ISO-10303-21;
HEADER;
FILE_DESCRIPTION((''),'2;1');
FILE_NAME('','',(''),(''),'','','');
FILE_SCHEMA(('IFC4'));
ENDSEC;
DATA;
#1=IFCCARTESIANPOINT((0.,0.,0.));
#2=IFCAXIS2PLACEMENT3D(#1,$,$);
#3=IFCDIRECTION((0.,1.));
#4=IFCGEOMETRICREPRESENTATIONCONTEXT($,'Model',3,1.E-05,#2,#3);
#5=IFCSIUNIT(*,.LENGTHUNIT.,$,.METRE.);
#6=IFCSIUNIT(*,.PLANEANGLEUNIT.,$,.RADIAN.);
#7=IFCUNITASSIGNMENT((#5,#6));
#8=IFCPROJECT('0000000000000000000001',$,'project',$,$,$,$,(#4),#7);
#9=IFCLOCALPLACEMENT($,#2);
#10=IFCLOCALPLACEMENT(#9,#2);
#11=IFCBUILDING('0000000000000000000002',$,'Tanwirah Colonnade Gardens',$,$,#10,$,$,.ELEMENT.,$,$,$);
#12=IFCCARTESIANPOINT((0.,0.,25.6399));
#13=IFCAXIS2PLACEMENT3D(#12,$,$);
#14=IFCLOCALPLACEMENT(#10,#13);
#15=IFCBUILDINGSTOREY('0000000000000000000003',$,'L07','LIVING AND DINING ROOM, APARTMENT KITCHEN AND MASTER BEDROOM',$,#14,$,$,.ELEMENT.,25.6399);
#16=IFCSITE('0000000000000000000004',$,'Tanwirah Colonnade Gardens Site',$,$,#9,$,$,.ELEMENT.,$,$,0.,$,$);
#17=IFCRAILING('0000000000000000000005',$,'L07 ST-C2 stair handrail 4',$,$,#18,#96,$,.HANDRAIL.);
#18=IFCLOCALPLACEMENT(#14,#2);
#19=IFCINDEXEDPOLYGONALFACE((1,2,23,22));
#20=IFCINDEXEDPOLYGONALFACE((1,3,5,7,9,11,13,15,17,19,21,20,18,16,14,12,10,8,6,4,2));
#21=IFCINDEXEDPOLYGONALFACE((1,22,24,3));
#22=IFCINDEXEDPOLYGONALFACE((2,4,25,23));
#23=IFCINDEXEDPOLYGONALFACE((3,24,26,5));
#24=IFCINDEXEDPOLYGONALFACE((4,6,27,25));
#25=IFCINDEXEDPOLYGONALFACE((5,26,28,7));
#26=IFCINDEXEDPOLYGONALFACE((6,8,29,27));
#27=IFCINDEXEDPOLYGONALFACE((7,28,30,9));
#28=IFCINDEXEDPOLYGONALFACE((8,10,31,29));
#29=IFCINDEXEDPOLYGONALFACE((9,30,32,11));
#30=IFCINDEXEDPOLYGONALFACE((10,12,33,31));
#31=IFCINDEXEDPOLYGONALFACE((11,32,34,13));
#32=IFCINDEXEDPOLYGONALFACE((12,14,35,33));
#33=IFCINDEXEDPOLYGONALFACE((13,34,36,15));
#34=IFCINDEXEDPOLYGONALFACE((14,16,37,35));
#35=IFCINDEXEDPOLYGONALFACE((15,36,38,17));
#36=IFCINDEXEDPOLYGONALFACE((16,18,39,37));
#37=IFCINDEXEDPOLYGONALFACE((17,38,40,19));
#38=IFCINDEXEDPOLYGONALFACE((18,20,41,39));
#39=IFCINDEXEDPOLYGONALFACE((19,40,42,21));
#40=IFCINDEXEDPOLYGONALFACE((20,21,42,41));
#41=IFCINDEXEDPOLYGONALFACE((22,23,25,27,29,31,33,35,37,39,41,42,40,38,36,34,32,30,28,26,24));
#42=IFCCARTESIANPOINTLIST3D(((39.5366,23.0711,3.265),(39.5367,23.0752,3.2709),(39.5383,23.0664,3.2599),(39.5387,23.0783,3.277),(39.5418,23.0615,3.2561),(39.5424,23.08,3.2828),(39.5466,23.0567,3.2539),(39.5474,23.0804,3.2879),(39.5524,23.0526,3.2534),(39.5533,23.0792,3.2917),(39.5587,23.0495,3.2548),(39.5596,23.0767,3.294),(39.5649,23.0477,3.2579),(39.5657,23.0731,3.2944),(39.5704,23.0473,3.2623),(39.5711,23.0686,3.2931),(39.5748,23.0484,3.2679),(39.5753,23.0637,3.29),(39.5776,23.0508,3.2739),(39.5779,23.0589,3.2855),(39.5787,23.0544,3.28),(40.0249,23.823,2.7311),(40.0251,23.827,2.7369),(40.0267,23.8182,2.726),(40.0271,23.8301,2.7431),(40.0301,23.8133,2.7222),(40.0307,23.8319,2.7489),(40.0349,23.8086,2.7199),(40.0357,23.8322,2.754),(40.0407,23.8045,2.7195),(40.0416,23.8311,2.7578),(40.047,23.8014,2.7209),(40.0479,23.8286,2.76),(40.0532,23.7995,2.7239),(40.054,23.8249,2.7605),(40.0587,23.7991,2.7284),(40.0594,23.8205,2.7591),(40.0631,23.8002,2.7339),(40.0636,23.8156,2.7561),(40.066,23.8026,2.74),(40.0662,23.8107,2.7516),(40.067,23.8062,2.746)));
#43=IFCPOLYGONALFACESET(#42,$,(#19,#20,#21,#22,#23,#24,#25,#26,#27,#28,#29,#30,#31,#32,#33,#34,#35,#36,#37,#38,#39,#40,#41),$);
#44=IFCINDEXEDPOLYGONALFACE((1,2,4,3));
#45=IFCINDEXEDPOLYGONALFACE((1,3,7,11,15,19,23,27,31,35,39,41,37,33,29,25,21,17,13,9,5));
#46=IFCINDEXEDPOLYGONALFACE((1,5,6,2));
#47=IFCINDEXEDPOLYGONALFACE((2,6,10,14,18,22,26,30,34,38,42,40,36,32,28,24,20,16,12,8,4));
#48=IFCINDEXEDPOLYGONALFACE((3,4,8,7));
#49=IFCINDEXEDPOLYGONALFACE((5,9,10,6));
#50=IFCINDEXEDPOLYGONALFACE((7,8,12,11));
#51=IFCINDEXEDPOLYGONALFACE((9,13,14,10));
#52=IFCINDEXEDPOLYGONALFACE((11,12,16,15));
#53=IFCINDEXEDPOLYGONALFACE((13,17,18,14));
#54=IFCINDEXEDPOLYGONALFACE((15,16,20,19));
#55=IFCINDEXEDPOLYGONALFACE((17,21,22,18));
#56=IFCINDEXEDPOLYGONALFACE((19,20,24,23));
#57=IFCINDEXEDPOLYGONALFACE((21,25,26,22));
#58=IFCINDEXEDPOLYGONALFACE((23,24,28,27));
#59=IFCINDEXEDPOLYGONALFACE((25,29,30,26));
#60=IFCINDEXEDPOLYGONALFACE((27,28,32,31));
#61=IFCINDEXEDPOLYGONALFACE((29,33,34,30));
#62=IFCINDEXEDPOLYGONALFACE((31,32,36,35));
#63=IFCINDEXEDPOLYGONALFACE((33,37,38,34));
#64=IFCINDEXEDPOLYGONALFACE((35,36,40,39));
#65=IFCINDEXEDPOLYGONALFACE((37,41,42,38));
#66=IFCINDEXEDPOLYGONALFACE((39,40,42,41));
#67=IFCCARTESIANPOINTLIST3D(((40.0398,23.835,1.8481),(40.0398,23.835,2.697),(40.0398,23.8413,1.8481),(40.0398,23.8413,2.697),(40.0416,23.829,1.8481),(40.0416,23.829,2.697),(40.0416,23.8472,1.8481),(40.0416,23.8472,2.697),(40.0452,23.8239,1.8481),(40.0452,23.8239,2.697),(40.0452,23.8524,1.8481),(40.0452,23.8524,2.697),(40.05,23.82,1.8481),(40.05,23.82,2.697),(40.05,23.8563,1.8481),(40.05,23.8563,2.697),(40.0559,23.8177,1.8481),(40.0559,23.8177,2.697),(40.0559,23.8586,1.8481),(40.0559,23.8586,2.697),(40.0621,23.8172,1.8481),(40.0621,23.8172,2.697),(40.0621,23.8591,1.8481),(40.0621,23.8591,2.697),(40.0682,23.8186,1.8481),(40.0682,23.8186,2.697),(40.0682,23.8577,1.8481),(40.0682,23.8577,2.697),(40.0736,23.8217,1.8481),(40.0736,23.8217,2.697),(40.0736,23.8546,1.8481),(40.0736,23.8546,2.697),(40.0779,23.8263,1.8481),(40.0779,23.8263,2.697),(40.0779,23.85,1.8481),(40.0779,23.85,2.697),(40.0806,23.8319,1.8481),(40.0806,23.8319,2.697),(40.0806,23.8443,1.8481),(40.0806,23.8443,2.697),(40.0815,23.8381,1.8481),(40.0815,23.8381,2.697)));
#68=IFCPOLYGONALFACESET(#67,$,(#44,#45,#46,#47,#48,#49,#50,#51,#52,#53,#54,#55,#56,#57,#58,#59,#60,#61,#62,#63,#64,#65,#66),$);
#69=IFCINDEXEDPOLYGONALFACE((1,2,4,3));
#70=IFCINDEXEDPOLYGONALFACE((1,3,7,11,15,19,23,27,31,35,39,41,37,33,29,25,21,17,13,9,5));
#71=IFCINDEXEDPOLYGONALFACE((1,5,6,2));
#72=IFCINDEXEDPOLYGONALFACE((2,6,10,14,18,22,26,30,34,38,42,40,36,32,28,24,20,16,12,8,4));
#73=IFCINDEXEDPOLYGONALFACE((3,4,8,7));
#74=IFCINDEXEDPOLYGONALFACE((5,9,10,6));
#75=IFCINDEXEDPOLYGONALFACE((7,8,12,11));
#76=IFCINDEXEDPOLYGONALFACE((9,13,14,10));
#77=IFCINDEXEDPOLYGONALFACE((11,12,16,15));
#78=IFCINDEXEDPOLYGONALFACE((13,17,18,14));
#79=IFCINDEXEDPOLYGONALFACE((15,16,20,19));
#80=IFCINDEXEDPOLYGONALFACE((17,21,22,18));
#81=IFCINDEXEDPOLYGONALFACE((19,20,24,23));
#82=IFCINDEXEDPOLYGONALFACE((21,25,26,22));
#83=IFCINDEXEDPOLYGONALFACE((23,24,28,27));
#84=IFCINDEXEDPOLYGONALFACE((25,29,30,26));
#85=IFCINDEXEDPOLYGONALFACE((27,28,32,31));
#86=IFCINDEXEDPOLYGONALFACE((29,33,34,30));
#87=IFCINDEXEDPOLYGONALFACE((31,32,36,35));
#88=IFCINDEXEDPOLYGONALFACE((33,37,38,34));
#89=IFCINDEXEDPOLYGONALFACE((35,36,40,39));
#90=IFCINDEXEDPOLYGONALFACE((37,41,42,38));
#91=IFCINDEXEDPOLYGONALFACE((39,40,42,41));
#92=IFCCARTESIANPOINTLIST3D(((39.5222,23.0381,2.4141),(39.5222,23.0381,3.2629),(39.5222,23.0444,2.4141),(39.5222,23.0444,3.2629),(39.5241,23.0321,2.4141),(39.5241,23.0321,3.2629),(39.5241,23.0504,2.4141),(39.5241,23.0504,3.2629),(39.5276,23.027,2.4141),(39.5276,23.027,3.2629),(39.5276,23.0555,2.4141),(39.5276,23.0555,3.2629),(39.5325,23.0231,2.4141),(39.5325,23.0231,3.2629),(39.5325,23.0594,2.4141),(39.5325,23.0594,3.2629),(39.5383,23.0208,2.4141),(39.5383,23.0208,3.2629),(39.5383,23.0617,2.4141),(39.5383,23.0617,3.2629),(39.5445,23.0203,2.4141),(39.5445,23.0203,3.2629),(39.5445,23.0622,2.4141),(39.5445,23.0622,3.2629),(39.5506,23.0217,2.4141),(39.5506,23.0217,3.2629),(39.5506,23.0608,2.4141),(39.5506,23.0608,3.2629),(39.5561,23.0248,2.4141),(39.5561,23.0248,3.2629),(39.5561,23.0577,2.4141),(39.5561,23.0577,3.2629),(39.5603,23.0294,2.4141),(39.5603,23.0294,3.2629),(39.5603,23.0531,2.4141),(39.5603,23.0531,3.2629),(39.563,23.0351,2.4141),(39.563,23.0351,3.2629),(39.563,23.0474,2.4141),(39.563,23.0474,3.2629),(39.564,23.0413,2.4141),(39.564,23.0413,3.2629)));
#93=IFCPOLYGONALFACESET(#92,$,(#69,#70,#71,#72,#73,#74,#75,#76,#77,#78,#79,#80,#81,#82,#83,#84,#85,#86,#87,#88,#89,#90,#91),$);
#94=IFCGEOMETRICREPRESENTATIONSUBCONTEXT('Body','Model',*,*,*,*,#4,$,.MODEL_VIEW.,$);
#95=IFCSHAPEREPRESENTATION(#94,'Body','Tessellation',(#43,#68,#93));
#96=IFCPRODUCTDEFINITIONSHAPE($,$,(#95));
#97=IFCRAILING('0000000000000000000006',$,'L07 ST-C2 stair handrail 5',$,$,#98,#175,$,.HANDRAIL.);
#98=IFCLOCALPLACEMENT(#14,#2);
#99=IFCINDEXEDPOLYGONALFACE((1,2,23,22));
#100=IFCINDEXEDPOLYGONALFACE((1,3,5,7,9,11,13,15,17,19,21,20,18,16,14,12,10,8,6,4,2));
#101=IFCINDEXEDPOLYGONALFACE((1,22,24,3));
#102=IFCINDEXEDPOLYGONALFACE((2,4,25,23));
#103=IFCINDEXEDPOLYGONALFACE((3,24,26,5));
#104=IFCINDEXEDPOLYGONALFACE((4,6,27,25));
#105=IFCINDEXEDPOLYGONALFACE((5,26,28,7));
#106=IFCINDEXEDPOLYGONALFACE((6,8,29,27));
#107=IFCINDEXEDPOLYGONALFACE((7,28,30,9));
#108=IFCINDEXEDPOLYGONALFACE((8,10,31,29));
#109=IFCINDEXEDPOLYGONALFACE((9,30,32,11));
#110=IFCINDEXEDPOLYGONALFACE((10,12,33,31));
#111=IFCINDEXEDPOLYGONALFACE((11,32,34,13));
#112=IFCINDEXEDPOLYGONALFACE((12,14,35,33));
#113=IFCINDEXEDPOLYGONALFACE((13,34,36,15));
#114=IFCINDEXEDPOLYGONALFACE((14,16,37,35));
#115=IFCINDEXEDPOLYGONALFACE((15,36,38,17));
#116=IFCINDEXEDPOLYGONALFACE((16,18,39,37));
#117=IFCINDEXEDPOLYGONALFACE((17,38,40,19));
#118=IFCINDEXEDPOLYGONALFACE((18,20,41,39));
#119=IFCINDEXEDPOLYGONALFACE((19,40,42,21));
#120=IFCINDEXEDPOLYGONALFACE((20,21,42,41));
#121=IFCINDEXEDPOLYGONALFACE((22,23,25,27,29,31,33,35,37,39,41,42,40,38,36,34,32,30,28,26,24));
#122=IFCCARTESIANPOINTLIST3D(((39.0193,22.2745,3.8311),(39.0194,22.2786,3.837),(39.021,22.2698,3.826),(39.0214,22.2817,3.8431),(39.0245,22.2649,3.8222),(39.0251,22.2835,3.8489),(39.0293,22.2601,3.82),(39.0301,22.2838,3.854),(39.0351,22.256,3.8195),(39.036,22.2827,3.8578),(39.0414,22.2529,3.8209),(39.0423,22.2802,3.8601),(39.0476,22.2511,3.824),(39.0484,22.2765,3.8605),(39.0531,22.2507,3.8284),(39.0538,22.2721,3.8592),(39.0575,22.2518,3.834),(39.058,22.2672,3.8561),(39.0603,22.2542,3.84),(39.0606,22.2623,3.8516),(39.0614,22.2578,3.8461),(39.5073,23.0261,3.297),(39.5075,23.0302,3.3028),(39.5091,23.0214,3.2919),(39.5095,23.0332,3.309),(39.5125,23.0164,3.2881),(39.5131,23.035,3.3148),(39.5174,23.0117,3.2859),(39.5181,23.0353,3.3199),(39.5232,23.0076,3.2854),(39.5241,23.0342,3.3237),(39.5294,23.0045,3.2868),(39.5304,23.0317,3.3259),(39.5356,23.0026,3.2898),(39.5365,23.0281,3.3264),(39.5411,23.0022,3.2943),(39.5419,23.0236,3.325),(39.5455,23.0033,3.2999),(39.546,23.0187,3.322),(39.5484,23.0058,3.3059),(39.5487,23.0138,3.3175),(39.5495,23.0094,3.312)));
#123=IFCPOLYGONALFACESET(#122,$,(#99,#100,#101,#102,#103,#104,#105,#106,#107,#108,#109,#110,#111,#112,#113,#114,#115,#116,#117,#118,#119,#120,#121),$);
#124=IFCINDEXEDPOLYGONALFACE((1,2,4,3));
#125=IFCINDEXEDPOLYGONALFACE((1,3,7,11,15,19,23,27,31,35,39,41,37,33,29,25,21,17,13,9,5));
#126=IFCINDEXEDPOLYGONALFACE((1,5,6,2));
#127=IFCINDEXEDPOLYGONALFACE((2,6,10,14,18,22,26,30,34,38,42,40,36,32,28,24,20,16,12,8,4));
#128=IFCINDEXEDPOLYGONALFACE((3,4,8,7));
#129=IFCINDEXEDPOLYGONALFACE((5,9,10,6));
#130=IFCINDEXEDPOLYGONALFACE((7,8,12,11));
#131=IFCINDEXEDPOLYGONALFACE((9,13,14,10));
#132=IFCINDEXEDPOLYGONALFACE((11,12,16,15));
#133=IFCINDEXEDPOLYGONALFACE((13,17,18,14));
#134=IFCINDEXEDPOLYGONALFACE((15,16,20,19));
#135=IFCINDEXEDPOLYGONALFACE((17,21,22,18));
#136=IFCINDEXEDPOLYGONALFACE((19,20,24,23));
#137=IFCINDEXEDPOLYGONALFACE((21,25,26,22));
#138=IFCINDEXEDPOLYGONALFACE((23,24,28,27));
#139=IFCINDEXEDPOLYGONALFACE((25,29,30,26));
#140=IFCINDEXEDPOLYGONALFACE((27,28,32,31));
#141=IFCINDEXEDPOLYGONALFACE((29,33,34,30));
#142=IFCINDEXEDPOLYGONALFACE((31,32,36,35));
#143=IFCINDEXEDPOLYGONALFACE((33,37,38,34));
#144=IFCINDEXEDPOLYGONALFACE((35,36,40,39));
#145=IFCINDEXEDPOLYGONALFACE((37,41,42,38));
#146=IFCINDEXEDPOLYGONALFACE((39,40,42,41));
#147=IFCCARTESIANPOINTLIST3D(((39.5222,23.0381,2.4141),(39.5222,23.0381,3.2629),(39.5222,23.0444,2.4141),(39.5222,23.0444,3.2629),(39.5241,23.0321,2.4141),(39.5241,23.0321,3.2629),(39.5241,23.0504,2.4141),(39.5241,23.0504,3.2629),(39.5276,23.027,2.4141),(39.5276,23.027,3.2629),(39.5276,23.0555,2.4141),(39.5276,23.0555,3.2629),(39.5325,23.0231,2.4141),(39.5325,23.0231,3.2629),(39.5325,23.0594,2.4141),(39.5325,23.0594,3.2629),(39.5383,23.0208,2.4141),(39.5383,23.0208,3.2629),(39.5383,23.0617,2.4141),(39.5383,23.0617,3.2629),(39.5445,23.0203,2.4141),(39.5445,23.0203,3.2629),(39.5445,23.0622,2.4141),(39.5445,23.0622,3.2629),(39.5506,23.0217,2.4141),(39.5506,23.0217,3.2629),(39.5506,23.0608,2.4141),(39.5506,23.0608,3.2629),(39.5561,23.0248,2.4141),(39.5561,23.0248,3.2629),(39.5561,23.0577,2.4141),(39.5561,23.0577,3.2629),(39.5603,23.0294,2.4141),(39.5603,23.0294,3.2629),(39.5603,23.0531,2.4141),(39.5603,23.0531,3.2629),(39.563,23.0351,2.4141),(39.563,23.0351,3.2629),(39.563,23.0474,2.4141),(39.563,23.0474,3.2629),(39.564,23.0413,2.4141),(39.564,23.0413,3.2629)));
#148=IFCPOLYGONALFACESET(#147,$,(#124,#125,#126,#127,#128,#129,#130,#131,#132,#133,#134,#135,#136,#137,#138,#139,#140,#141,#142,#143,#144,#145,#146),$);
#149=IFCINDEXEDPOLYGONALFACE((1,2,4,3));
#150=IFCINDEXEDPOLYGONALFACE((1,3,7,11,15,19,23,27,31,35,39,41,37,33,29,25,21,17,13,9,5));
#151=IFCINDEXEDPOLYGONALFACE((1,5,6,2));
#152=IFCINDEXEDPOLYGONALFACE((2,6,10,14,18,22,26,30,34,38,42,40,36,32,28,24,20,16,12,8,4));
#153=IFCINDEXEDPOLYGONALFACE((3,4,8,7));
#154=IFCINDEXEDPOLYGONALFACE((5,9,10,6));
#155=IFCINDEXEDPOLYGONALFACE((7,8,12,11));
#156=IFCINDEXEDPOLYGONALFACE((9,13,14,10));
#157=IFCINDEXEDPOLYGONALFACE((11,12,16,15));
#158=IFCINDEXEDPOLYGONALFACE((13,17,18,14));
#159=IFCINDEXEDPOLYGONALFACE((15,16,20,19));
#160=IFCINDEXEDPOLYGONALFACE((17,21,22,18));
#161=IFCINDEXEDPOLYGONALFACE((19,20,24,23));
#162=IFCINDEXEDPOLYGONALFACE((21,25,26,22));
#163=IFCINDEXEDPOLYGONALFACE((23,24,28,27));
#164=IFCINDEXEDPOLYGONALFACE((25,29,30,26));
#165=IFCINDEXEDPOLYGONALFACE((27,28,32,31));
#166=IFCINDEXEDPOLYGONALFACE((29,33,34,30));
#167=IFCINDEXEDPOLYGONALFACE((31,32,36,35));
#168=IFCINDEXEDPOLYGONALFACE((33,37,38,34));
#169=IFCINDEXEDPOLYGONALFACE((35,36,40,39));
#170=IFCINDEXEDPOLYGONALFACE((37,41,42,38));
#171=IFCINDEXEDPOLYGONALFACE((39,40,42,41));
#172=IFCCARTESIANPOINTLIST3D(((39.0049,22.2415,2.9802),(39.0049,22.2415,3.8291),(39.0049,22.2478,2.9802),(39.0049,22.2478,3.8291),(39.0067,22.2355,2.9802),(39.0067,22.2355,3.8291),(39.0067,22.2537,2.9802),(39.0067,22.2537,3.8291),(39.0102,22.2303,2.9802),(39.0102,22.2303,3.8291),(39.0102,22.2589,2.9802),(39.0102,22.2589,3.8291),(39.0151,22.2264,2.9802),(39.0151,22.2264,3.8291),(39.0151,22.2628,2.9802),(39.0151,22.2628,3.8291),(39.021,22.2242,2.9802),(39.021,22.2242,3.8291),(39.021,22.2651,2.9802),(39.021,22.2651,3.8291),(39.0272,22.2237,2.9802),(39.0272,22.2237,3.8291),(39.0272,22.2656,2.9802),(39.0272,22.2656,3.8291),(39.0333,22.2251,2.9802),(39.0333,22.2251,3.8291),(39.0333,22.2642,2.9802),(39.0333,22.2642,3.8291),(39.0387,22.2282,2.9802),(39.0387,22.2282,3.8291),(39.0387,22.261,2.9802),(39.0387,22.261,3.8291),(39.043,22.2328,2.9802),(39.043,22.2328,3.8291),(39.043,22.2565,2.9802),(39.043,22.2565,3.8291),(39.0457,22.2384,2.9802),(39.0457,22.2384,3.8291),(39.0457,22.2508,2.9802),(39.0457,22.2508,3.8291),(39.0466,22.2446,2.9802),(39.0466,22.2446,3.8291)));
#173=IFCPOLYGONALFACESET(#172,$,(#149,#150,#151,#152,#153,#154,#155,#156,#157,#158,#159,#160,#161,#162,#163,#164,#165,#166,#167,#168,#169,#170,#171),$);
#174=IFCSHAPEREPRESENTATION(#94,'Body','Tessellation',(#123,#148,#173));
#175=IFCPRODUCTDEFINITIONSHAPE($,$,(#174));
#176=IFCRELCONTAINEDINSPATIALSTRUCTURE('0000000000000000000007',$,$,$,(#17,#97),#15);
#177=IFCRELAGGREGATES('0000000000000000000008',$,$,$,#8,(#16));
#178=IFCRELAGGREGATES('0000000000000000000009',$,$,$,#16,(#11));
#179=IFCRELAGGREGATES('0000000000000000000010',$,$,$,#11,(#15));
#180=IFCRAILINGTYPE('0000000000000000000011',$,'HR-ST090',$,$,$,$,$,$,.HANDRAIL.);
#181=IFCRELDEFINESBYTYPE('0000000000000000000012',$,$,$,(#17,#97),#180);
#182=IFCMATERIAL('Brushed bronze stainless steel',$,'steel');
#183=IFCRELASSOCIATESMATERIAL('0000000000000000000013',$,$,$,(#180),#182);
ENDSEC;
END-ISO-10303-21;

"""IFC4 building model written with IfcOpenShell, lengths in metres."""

from ifc_helpers import new_model, si_unit, direction, frame, origin, origin_2d, place, context, subcontext, project, spatial, circle, extrude, material, type_object, element, save


model = new_model("IFC4")

# Units and contexts
model_context = context("Model", 3, precision=1e-05, world=origin(), true_north=direction((0.0, 1.0)))
body_context = subcontext(model_context, "Body", "Model", "MODEL_VIEW")
ifc_project = project(units=[si_unit("LENGTHUNIT", "METRE"), si_unit("PLANEANGLEUNIT", "RADIAN")], contexts=[model_context])

# Site, building, storey
site_placement = place(None, origin())
site = spatial("IfcSite", under=ifc_project, at=site_placement, Name="Tanwirah Colonnade Gardens Site", CompositionType="ELEMENT", RefElevation=0.0)
building_placement = place(site_placement, origin())
building = spatial("IfcBuilding", under=site, at=building_placement, Name="Tanwirah Colonnade Gardens", CompositionType="ELEMENT")
storey_placement = place(building_placement, frame((0.0, 0.0, 25.6399)))
storey = spatial("IfcBuildingStorey", under=building, at=storey_placement, Name="L07", Description="LIVING AND DINING ROOM, APARTMENT KITCHEN AND MASTER BEDROOM", CompositionType="ELEMENT", Elevation=25.6399)

# Railings
ifc_material_1 = material(Name="Brushed bronze stainless steel", Category="steel")
railing_type_1 = type_object("IfcRailingType", Name="HR-ST090", PredefinedType="HANDRAIL", material=ifc_material_1)
railing_1_placement = place(storey_placement, frame((40.0605, 23.8381, 1.8481)))
element("IfcRailing", 1, at=railing_1_placement, inside=storey, type_object=railing_type_1, Name="L07 ST-C2 stair handrail 4", PredefinedType="HANDRAIL", context=body_context, shape_type="SweptSolid", body=[
    extrude(circle(Radius=0.0239, at=origin_2d()), frame((-0.0146, -0.0225, 0.8918), z_axis=(-0.467988, -0.720524, 0.511696), x_axis=(0.838631, -0.544699, 0.0)), (0.0, 0.0, 1.0), 1.0435),
    extrude(circle(Radius=0.021, at=origin_2d()), origin(), (0.0, 0.0, 1.0), 0.8489),
    extrude(circle(Radius=0.021, at=origin_2d()), frame((-0.5176, -0.7969, 0.5659)), (0.0, 0.0, 1.0), 0.8489),
])
railing_2_placement = place(storey_placement, frame((39.543, 23.0413, 2.4141)))
element("IfcRailing", 2, at=railing_2_placement, inside=storey, type_object=railing_type_1, Name="L07 ST-C2 stair handrail 5", PredefinedType="HANDRAIL", context=body_context, shape_type="SweptSolid", body=[
    extrude(circle(Radius=0.0239, at=origin_2d()), frame((-0.0146, -0.0225, 0.8918), z_axis=(-0.467837, -0.720411, 0.511993), x_axis=(0.838673, -0.544636, 0.0)), (0.0, 0.0, 1.0), 1.0432),
    extrude(circle(Radius=0.021, at=origin_2d()), origin(), (0.0, 0.0, 1.0), 0.8489),
    extrude(circle(Radius=0.021, at=origin_2d()), frame((-0.5173, -0.7966, 0.5662)), (0.0, 0.0, 1.0), 0.8489),
])

save(model, "model.ifc")
